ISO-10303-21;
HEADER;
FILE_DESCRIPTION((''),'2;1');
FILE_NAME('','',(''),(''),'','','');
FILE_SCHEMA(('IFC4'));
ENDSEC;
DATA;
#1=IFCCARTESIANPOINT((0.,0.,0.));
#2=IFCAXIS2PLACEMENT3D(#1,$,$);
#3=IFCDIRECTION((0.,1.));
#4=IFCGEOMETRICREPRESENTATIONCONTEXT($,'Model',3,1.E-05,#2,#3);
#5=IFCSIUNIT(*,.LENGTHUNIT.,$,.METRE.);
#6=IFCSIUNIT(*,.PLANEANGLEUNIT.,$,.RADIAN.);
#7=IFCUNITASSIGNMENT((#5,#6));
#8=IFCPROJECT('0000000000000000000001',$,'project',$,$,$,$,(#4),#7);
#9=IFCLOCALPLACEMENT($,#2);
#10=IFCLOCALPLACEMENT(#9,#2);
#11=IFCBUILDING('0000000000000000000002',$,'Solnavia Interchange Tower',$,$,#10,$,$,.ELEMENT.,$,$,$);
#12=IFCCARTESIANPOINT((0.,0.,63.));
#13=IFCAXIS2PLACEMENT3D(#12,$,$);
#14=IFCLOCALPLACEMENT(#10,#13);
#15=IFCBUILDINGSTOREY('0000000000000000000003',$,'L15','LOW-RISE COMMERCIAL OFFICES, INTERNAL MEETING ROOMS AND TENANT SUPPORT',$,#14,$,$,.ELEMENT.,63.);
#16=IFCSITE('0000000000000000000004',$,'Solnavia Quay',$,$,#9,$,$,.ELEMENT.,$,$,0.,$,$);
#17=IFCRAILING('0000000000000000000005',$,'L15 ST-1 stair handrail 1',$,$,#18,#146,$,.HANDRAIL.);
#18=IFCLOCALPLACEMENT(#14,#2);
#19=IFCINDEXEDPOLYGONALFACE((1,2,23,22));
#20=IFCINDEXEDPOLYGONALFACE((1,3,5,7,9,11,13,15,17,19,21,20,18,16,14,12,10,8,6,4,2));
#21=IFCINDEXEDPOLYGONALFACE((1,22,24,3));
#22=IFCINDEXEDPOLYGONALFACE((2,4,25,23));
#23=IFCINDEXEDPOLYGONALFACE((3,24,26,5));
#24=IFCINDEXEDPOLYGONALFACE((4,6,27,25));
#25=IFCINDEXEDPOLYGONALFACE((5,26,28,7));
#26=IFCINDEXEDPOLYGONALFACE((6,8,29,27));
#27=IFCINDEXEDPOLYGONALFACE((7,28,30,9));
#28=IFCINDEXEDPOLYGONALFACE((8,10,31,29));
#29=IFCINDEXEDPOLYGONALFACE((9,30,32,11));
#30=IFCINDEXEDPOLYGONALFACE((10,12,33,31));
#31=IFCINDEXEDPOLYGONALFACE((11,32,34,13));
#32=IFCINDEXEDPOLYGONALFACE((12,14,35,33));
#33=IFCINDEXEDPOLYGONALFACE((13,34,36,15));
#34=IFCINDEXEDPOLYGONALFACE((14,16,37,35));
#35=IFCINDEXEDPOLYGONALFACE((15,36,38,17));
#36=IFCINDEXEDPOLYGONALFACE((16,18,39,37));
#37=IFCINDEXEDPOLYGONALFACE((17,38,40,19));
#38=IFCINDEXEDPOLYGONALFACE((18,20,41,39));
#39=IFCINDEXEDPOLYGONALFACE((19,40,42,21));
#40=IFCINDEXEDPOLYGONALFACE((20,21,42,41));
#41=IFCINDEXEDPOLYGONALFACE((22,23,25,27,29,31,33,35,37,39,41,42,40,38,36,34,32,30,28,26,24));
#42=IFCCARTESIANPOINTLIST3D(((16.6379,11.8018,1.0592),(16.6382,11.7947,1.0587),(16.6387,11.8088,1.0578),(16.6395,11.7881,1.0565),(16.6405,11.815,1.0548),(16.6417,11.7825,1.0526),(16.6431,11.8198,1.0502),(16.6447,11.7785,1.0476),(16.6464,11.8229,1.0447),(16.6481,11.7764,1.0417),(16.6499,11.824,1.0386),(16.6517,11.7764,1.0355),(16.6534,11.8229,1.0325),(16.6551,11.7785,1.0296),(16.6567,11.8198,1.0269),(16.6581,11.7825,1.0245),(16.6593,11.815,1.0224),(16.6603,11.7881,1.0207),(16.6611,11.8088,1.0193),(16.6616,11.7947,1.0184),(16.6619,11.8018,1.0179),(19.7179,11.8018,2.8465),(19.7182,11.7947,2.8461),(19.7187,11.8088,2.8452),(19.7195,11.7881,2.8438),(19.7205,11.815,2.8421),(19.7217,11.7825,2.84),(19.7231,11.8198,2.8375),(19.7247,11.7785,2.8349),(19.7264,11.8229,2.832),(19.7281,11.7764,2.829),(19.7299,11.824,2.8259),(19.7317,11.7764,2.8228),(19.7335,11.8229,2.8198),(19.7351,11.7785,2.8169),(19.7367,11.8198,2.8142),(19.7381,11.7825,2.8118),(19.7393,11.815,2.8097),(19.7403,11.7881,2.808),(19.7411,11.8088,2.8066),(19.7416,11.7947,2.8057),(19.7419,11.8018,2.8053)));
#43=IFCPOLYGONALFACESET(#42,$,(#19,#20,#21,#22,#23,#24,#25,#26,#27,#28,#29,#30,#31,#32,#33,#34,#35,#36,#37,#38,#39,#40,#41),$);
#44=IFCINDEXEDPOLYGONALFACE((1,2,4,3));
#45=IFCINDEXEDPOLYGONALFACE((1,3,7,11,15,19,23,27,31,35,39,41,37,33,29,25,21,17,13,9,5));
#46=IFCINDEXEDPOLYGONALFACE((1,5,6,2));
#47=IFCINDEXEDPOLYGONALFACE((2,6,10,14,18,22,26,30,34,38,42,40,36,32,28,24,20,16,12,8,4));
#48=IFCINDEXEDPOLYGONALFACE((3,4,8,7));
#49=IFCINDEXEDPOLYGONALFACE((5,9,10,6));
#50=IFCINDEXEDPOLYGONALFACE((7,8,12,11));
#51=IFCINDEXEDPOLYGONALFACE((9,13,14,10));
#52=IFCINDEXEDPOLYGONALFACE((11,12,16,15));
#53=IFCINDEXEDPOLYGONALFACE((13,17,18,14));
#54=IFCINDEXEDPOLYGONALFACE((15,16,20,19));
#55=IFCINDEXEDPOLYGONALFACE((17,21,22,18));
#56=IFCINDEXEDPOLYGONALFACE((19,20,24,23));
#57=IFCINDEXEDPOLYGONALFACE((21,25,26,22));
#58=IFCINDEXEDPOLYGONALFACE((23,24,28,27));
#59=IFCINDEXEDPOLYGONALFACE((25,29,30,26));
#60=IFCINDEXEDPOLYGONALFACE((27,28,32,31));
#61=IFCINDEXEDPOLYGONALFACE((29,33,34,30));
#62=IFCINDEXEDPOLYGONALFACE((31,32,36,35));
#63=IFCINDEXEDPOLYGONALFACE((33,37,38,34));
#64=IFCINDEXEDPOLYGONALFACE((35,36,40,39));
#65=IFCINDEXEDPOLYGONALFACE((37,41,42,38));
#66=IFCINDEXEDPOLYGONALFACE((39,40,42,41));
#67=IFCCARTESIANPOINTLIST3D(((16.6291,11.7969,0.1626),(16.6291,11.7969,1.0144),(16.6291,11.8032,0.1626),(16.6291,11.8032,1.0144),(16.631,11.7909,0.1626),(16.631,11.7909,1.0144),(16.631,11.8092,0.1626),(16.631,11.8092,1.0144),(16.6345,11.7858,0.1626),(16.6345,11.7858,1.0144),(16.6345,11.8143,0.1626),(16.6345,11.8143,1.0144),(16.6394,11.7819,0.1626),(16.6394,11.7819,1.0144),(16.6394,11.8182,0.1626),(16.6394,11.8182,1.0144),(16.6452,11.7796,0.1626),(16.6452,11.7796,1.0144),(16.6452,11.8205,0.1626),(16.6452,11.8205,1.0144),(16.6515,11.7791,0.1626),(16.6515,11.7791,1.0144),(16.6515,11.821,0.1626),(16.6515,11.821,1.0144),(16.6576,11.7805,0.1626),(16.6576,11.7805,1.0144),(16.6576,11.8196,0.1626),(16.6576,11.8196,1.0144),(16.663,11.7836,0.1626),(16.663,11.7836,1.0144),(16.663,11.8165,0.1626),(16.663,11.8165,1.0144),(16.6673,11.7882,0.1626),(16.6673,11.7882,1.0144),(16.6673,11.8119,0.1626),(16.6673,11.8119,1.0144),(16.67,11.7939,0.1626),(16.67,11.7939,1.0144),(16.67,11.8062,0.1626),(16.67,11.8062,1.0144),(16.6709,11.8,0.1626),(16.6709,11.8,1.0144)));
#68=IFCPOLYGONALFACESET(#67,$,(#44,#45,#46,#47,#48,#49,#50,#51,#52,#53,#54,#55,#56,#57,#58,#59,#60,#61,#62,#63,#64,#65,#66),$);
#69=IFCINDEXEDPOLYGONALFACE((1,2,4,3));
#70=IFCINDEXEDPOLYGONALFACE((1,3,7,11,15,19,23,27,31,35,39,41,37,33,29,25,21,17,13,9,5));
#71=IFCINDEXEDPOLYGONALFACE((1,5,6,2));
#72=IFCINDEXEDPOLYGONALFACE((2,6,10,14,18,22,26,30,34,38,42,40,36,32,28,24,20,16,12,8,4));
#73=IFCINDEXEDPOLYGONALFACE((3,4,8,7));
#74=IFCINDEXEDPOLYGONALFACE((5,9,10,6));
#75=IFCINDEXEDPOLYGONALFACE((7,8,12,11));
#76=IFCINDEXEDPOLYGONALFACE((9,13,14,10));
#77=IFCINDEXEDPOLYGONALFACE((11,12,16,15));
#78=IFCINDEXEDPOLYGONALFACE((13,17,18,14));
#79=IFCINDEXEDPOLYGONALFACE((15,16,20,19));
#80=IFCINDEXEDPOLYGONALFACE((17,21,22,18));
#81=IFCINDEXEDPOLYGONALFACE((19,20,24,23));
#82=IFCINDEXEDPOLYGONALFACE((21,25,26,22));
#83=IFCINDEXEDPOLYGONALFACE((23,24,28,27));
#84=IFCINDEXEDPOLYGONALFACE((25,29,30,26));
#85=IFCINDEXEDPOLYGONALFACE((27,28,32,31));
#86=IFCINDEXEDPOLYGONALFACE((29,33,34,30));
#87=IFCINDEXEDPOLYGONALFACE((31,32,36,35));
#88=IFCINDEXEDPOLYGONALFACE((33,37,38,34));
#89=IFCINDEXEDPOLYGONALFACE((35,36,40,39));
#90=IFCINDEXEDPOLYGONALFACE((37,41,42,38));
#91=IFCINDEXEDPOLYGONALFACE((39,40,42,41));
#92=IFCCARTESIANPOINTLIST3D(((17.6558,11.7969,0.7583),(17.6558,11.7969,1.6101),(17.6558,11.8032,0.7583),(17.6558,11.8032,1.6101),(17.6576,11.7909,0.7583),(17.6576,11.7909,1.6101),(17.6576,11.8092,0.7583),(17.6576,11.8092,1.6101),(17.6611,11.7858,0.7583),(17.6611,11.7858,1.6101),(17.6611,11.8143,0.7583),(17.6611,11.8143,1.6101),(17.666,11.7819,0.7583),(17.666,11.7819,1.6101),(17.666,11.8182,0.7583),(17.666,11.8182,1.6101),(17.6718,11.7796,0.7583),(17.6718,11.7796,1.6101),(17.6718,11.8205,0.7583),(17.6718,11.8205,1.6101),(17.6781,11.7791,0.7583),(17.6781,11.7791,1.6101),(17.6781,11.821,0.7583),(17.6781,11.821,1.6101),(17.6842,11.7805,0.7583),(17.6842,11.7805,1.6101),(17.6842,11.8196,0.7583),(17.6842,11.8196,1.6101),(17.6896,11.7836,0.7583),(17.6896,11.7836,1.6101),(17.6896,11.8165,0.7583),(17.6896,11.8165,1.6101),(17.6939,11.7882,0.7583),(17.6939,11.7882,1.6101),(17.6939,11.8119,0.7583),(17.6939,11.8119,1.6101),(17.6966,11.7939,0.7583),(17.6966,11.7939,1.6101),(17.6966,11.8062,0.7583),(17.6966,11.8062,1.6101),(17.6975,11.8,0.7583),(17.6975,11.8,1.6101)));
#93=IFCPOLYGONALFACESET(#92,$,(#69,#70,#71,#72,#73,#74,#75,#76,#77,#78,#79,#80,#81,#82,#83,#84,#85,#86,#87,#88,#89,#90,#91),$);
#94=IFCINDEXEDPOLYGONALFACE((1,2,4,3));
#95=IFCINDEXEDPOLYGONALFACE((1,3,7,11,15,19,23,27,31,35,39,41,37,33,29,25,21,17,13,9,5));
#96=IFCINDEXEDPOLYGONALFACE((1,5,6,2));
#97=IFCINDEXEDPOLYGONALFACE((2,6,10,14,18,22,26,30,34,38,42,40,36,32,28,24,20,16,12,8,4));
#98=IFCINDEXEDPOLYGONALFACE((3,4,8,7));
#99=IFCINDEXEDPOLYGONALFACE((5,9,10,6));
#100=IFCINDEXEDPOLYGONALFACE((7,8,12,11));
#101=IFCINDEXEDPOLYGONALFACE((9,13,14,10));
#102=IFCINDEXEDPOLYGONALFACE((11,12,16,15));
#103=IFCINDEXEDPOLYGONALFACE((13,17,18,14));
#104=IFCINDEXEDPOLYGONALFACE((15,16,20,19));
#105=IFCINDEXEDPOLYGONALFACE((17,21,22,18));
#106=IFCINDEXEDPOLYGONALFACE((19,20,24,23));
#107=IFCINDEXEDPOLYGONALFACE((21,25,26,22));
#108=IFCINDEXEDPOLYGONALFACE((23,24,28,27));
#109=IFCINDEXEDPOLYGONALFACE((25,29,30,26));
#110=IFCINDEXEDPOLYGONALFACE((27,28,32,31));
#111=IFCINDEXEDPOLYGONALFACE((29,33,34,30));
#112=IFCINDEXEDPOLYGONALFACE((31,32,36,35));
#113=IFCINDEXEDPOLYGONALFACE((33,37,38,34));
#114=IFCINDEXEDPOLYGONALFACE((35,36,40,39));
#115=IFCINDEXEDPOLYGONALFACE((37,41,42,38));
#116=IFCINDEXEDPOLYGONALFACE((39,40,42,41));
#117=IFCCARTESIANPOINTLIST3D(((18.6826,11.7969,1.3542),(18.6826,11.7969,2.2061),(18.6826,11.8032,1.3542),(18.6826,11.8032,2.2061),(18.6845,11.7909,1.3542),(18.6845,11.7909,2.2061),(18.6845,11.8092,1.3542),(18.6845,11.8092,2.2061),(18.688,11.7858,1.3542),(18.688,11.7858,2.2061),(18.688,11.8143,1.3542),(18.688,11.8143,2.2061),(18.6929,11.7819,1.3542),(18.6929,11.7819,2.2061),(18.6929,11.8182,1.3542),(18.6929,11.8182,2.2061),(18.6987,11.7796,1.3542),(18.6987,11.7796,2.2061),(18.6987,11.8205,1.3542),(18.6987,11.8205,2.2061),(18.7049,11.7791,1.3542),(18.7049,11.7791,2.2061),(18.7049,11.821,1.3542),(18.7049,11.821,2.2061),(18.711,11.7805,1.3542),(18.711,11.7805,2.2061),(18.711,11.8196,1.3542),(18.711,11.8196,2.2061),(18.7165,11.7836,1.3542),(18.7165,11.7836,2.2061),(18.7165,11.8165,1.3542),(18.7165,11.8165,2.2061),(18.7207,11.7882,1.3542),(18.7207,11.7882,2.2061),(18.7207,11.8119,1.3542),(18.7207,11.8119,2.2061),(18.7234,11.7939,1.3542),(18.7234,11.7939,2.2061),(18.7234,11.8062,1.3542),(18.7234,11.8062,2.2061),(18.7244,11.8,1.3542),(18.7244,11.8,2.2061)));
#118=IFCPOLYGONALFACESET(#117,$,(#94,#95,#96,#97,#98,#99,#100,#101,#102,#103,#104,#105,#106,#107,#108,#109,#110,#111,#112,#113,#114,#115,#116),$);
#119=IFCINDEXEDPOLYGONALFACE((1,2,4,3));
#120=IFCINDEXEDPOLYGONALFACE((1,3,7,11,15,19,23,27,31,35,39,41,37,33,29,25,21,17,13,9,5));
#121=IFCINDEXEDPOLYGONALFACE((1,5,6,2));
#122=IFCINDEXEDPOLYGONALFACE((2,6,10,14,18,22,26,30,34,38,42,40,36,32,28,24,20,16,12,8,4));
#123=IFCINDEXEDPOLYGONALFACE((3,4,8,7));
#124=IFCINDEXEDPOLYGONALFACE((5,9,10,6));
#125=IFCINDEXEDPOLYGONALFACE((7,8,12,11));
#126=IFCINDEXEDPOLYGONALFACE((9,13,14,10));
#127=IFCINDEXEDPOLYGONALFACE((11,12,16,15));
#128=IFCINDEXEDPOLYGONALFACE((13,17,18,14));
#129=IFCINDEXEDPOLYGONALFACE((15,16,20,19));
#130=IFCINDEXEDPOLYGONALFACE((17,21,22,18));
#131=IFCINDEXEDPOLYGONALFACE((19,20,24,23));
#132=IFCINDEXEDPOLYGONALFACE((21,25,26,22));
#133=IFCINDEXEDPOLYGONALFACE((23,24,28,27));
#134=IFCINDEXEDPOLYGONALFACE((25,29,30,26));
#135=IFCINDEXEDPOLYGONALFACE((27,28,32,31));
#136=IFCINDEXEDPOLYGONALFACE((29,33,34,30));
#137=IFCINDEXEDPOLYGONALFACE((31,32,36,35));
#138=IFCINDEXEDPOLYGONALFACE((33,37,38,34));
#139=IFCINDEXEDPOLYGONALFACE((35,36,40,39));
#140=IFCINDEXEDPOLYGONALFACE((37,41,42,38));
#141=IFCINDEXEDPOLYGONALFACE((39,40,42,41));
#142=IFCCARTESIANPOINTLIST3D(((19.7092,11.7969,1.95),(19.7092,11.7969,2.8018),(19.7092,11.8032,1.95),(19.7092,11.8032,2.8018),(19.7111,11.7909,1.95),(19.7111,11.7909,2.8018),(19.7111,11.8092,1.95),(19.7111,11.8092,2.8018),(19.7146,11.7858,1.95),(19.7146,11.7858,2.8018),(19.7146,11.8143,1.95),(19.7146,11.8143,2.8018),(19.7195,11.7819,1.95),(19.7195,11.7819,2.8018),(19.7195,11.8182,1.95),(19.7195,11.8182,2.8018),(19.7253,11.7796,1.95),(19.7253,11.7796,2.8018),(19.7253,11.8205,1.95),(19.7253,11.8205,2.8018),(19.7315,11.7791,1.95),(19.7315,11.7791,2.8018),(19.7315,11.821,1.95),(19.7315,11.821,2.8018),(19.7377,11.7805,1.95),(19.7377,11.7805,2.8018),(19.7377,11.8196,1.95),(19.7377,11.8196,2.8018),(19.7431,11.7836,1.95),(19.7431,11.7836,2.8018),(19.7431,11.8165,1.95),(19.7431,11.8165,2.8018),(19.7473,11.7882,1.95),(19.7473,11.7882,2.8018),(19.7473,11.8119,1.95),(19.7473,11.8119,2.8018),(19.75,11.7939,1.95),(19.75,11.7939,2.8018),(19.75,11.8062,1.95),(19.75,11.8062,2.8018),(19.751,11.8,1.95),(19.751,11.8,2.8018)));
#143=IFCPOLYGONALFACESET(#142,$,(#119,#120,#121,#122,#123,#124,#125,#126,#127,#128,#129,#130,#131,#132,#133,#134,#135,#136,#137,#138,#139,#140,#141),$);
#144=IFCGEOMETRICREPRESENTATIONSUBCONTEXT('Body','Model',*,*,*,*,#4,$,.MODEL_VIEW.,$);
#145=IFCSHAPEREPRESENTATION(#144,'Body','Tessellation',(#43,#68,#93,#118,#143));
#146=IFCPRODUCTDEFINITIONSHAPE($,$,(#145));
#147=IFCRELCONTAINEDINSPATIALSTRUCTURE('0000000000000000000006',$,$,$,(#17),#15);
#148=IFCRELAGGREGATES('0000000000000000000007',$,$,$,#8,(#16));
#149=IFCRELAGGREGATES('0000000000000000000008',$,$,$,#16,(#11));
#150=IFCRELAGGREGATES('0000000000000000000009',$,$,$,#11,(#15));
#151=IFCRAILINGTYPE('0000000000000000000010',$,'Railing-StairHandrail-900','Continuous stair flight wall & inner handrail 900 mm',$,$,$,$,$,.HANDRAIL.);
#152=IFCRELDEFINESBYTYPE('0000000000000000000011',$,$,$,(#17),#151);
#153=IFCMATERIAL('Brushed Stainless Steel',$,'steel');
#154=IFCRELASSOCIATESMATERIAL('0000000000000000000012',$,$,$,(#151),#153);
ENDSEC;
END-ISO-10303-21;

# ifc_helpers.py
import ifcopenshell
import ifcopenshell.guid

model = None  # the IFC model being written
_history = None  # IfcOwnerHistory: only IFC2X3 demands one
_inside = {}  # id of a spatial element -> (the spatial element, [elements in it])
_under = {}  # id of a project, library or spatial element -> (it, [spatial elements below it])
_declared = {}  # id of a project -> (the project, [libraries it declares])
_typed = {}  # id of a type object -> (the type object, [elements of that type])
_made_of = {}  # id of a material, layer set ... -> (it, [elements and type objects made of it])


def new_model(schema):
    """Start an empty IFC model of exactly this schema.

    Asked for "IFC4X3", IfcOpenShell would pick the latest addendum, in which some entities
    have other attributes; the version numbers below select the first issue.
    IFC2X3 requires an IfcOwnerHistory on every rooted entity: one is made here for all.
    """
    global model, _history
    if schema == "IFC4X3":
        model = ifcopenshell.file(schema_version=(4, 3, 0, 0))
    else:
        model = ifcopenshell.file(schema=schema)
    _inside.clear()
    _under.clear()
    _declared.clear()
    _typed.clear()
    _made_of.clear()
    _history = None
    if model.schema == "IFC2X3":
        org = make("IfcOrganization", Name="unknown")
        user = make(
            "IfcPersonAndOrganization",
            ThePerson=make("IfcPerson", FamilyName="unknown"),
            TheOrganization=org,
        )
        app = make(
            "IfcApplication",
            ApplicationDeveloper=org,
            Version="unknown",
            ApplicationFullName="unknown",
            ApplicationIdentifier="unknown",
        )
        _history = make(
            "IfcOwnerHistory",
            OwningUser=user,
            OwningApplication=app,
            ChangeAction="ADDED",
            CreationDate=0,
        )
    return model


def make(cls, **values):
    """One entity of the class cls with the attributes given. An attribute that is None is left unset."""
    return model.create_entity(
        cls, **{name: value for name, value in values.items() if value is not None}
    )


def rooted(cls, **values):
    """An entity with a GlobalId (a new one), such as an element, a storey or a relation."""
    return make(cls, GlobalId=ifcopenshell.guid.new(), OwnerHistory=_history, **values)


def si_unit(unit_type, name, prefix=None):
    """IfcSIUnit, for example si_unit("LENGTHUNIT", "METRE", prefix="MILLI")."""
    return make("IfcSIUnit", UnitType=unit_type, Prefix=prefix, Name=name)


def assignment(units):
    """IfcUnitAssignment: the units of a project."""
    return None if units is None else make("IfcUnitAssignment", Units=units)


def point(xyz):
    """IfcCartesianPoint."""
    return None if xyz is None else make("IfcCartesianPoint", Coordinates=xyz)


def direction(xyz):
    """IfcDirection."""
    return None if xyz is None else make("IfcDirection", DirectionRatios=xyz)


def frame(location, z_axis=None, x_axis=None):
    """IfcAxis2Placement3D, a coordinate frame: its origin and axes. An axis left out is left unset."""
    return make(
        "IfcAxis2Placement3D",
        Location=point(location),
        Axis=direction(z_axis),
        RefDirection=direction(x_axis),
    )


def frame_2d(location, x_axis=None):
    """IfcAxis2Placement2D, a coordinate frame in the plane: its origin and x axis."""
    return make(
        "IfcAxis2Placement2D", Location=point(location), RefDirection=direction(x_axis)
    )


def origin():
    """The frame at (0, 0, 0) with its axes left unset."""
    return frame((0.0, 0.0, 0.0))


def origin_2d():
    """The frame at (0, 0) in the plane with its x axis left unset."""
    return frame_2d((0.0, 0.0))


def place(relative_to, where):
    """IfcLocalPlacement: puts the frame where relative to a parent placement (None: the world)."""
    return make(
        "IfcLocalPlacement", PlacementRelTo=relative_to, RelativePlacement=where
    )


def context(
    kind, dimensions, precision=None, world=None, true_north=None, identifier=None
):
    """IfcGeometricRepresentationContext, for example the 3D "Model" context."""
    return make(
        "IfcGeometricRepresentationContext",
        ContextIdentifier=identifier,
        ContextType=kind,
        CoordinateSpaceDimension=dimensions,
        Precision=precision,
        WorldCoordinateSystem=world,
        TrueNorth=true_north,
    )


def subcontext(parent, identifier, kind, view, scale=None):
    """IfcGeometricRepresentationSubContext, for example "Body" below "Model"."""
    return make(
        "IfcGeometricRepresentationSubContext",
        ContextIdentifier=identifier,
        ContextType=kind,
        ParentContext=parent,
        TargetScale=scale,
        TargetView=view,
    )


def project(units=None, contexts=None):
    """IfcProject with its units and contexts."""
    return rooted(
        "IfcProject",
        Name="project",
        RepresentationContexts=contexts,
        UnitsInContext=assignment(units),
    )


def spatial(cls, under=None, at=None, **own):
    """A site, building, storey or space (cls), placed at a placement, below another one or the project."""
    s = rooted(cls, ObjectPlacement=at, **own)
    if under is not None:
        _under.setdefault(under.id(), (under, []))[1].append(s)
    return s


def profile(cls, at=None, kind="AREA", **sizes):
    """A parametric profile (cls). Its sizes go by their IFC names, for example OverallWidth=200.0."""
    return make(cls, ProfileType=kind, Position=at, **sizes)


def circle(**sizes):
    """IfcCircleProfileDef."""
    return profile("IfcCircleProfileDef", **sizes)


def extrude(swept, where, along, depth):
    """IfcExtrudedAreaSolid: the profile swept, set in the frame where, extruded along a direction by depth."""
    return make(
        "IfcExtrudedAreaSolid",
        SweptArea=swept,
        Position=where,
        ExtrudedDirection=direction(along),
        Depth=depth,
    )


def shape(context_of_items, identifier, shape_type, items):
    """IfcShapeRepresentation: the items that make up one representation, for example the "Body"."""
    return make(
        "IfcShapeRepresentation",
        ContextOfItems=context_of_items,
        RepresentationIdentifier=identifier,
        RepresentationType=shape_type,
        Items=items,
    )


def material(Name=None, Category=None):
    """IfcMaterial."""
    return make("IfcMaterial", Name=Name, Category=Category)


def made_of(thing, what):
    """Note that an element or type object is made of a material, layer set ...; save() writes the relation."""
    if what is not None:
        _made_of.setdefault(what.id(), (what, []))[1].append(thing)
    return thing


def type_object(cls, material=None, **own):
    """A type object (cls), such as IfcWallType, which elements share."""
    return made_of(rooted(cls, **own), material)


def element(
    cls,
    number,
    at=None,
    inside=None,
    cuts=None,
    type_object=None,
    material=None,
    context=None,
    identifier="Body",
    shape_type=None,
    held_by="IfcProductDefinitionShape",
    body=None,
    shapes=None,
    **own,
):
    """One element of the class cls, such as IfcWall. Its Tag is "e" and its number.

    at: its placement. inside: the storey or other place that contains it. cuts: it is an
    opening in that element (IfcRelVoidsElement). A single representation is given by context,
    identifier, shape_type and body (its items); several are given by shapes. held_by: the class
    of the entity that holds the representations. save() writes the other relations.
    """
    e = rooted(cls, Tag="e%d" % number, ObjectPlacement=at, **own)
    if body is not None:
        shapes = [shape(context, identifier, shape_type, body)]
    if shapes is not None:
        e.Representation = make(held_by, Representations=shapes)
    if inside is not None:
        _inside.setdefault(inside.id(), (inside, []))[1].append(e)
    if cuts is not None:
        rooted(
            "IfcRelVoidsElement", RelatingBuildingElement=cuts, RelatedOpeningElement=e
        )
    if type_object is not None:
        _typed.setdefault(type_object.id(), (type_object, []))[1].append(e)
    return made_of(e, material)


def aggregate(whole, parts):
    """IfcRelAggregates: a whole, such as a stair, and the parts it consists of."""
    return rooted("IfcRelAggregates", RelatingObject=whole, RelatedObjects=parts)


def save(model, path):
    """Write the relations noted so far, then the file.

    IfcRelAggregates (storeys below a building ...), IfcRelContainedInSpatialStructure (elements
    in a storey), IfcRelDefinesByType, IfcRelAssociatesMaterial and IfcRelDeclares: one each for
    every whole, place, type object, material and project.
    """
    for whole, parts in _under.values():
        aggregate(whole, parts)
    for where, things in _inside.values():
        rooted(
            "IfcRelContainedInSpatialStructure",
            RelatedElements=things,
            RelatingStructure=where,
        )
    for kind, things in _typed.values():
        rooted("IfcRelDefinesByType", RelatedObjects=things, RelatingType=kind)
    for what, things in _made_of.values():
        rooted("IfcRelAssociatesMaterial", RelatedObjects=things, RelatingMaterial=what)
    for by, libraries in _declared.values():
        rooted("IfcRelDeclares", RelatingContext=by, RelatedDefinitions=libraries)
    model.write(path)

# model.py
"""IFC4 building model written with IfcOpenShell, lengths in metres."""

from ifc_helpers import new_model, si_unit, direction, frame, origin, origin_2d, place, context, subcontext, project, spatial, circle, extrude, material, type_object, element, save


model = new_model("IFC4")

# Units and contexts
model_context = context("Model", 3, precision=1e-05, world=origin(), true_north=direction((0.0, 1.0)))
body_context = subcontext(model_context, "Body", "Model", "MODEL_VIEW")
ifc_project = project(units=[si_unit("LENGTHUNIT", "METRE"), si_unit("PLANEANGLEUNIT", "RADIAN")], contexts=[model_context])

# Site, building, storey
site_placement = place(None, origin())
site = spatial("IfcSite", under=ifc_project, at=site_placement, Name="Solnavia Quay", CompositionType="ELEMENT", RefElevation=0.0)
building_placement = place(site_placement, origin())
building = spatial("IfcBuilding", under=site, at=building_placement, Name="Solnavia Interchange Tower", CompositionType="ELEMENT")
storey_placement = place(building_placement, frame((0.0, 0.0, 63.0)))
storey = spatial("IfcBuildingStorey", under=building, at=storey_placement, Name="L15", Description="LOW-RISE COMMERCIAL OFFICES, INTERNAL MEETING ROOMS AND TENANT SUPPORT", CompositionType="ELEMENT", Elevation=63.0)

# Railing
ifc_material_1 = material(Name="Brushed Stainless Steel", Category="steel")
railing_type_1 = type_object("IfcRailingType", Name="Railing-StairHandrail-900", Description="Continuous stair flight wall & inner handrail 900 mm", PredefinedType="HANDRAIL", material=ifc_material_1)
railing_1_placement = place(storey_placement, frame((16.6499, 11.8, 0.1626)))
element("IfcRailing", 1, at=railing_1_placement, inside=storey, type_object=railing_type_1, Name="L15 ST-1 stair handrail 1", PredefinedType="HANDRAIL", context=body_context, shape_type="SweptSolid", body=[
    extrude(circle(Radius=0.0239, at=origin_2d()), frame((0.0, 0.0, 0.876), z_axis=(0.86492, 0.0, 0.501909), x_axis=(0.0, 1.0, 0.0)), (0.0, 0.0, 1.0), 3.561),
    extrude(circle(Radius=0.021, at=origin_2d()), origin(), (0.0, 0.0, 1.0), 0.8518),
    extrude(circle(Radius=0.021, at=origin_2d()), frame((1.0266, 0.0, 0.5957)), (0.0, 0.0, 1.0), 0.8518),
    extrude(circle(Radius=0.021, at=origin_2d()), frame((2.0535, 0.0, 1.1917)), (0.0, 0.0, 1.0), 0.8518),
    extrude(circle(Radius=0.021, at=origin_2d()), frame((3.0801, 0.0, 1.7874)), (0.0, 0.0, 1.0), 0.8518),
])

save(model, "model.ifc")
